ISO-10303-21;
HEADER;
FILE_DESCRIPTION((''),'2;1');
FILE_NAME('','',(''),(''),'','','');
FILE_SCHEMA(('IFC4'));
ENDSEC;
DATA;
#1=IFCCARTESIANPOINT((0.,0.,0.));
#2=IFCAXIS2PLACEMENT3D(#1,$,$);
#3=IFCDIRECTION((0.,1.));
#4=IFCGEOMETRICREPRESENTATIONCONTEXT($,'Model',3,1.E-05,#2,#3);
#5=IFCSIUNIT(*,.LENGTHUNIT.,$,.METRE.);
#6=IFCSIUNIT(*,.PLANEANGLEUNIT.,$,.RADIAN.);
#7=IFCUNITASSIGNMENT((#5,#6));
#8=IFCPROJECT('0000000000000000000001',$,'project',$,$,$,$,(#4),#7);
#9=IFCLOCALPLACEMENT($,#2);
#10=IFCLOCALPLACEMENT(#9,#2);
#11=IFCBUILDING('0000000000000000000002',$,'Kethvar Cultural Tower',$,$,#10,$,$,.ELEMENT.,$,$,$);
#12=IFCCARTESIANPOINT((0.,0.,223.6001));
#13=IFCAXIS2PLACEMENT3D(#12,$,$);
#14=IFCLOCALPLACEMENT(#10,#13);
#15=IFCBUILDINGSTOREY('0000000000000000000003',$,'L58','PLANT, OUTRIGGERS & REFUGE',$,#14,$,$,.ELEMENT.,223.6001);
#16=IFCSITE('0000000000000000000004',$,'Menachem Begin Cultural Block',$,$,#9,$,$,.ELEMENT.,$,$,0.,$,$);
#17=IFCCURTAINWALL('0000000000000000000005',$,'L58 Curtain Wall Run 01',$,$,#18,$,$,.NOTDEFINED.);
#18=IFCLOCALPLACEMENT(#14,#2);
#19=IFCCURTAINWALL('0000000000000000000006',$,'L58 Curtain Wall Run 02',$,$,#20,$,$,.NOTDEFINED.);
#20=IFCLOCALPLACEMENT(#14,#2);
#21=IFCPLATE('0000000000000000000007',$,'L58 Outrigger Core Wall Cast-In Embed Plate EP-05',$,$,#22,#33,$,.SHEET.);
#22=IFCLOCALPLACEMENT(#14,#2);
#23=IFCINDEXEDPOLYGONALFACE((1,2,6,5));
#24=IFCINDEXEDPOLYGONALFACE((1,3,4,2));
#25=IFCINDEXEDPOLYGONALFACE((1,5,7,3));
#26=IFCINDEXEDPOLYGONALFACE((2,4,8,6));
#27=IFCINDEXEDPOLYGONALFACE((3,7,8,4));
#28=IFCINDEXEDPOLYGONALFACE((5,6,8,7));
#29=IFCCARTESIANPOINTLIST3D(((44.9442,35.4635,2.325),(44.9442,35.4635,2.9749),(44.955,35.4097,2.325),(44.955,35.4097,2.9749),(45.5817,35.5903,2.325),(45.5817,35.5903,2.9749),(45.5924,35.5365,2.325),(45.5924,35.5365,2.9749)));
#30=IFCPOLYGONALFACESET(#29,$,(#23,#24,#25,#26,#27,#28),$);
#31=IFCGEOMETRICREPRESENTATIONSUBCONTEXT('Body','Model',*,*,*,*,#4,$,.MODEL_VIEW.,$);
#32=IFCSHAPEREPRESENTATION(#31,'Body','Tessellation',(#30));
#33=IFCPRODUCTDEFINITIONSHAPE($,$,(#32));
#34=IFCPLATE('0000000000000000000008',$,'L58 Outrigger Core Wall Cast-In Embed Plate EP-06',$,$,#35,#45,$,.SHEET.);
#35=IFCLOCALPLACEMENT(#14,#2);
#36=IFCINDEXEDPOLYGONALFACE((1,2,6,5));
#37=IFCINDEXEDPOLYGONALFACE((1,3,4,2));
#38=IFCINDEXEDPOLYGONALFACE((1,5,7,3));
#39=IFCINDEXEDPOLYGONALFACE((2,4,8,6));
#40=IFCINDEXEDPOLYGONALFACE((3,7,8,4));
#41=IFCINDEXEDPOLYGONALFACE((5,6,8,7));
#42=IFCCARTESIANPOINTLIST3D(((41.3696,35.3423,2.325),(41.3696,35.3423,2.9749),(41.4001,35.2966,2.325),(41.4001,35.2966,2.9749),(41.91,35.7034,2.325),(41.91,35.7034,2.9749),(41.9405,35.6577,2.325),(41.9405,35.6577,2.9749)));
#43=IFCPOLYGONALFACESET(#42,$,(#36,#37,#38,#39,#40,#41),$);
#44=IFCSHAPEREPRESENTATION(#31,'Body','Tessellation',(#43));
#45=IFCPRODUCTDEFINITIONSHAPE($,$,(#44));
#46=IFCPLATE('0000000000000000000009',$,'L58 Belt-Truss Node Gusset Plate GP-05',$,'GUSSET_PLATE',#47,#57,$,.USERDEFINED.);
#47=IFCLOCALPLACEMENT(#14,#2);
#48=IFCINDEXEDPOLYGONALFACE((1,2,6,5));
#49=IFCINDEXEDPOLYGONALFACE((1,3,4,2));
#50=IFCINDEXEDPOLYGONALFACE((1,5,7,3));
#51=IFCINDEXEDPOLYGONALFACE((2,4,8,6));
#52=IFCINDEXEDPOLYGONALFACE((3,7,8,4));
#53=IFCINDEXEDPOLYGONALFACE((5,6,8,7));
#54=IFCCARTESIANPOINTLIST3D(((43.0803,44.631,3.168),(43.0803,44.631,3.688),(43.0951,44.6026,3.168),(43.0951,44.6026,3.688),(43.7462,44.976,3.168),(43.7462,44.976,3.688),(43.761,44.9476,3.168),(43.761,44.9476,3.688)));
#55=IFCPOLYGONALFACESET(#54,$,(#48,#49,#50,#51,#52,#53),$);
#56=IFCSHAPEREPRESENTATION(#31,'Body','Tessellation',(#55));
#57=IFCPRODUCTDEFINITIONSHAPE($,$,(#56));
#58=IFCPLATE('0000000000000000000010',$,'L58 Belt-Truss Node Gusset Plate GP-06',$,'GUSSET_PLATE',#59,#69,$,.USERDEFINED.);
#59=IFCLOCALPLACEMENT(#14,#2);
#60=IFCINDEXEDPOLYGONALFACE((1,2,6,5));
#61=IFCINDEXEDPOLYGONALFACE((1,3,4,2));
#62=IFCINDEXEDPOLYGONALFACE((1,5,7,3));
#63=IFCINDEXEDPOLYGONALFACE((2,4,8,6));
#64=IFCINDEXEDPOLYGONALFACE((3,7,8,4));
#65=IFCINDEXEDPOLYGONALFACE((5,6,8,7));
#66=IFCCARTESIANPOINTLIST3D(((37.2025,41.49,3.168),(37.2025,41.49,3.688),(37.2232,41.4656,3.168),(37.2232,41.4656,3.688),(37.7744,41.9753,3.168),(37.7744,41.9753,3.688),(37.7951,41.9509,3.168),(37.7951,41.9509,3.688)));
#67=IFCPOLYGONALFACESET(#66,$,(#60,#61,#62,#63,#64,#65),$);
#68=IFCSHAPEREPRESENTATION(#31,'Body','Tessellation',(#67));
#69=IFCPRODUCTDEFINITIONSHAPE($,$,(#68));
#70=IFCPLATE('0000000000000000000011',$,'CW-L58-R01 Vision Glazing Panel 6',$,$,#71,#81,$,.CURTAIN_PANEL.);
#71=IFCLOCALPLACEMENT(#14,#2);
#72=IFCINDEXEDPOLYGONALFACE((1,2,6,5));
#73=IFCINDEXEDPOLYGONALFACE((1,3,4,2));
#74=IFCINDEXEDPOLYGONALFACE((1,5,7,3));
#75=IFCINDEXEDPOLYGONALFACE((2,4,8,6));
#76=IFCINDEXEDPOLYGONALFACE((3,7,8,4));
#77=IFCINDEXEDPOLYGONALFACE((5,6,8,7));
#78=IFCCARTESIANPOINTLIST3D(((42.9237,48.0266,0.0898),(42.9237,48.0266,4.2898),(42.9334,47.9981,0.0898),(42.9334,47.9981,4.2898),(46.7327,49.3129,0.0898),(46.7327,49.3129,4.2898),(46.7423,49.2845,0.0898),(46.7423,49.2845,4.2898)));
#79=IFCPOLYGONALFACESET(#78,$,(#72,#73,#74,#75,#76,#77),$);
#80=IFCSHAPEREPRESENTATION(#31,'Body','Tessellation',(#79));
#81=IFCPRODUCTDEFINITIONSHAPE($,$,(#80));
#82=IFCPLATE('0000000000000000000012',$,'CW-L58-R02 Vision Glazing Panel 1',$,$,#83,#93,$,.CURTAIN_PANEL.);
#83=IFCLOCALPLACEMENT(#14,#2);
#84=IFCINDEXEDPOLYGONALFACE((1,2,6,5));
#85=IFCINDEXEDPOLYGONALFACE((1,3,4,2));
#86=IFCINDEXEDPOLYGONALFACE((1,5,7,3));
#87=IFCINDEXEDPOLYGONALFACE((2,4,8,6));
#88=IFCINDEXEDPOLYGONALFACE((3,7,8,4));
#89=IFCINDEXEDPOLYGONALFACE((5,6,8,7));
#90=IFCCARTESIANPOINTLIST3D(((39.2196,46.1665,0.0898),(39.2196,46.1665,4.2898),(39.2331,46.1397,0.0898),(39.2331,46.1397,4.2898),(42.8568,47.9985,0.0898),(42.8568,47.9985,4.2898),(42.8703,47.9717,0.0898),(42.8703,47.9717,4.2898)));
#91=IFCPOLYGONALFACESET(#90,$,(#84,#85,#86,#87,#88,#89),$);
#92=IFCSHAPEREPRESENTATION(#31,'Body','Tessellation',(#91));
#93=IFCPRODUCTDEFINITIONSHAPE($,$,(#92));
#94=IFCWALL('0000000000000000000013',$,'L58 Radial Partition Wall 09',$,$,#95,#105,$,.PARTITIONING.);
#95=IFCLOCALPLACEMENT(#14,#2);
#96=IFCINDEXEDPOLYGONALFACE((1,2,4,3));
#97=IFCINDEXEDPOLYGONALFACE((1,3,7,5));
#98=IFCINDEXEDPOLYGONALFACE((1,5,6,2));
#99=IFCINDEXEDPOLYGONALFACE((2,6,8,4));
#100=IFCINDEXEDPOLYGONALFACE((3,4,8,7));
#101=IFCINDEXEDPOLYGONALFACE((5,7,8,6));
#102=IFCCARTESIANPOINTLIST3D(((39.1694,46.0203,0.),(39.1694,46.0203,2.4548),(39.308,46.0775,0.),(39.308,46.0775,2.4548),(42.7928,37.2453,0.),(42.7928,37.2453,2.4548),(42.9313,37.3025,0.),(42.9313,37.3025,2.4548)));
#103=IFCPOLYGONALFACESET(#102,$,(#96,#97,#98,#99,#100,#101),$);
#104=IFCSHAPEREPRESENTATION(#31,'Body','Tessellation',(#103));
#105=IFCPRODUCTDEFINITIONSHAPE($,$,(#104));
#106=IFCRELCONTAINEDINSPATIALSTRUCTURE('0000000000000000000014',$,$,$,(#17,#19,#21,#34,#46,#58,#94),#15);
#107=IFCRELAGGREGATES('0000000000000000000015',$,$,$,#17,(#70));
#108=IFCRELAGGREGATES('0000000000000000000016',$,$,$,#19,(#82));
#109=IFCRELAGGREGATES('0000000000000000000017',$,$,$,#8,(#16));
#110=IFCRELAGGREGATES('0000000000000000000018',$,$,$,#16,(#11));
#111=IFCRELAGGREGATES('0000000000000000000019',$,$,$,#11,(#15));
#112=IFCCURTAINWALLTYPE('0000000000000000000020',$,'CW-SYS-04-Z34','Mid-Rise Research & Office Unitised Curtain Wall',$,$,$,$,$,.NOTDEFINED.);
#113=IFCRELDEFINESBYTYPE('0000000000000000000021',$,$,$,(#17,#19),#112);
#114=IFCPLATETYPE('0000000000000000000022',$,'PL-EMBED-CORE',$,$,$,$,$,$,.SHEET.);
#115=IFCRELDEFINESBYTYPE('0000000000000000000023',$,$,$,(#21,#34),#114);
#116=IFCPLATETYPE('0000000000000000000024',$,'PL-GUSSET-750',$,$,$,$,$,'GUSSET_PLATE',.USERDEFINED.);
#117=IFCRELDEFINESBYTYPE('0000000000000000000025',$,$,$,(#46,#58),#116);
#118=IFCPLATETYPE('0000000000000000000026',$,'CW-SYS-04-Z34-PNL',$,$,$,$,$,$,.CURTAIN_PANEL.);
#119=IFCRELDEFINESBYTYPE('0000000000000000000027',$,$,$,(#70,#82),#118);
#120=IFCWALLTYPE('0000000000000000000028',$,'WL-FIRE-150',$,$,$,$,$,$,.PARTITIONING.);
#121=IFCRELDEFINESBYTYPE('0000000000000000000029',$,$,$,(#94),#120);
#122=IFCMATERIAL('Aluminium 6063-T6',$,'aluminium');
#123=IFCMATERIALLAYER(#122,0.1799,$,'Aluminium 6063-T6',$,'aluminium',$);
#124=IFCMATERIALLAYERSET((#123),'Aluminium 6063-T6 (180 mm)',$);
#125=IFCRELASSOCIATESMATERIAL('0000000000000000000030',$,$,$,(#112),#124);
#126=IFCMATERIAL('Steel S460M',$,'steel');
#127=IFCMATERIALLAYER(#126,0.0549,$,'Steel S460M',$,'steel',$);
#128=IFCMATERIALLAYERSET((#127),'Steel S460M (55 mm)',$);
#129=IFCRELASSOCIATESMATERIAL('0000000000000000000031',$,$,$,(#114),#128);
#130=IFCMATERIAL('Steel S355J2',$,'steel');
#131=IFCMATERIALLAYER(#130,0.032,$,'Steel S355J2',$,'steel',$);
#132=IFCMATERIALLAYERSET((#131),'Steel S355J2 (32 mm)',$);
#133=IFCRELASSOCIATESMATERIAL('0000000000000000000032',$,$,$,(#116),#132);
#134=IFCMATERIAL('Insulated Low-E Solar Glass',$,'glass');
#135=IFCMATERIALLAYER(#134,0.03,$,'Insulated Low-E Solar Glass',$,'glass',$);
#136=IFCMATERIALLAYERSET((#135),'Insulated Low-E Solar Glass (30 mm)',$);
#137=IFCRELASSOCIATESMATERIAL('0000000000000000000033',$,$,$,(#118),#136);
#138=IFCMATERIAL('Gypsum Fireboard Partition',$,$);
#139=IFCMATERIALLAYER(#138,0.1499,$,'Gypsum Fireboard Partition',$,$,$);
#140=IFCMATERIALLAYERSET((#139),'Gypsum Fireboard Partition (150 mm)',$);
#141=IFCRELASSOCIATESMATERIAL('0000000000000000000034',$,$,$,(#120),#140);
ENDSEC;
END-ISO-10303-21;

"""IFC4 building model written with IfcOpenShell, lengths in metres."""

from ifc_helpers import new_model, si_unit, direction, frame, frame_2d, origin, origin_2d, place, context, subcontext, project, spatial, rectangle, extrude, source, transform, mapped, material, layer, layer_set, type_object, element, aggregate, save


model = new_model("IFC4")

# Units and contexts
model_context = context("Model", 3, precision=1e-05, world=origin(), true_north=direction((0.0, 1.0)))
body_context = subcontext(model_context, "Body", "Model", "MODEL_VIEW")
ifc_project = project(units=[si_unit("LENGTHUNIT", "METRE"), si_unit("PLANEANGLEUNIT", "RADIAN")], contexts=[model_context])

# Site, building, storey
site_placement = place(None, origin())
site = spatial("IfcSite", under=ifc_project, at=site_placement, Name="Menachem Begin Cultural Block", CompositionType="ELEMENT", RefElevation=0.0)
building_placement = place(site_placement, origin())
building = spatial("IfcBuilding", under=site, at=building_placement, Name="Kethvar Cultural Tower", CompositionType="ELEMENT")
storey_placement = place(building_placement, frame((0.0, 0.0, 223.6001)))
storey = spatial("IfcBuildingStorey", under=building, at=storey_placement, Name="L58", Description="PLANT, OUTRIGGERS & REFUGE", CompositionType="ELEMENT", Elevation=223.6001)

# Shared definitions
ifc_material_1 = material(Name="Steel S460M", Category="steel")

# Shared definitions
ifc_material_2 = material(Name="Steel S355J2", Category="steel")

# Curtain walls
ifc_material_3 = material(Name="Aluminium 6063-T6", Category="aluminium")
ifc_layer_1 = layer(ifc_material_3, 0.1799, Name="Aluminium 6063-T6", Category="aluminium")
ifc_layer_set_1 = layer_set([ifc_layer_1], Name="Aluminium 6063-T6 (180 mm)")
curtain_wall_type = type_object("IfcCurtainWallType", Name="CW-SYS-04-Z34", Description="Mid-Rise Research & Office Unitised Curtain Wall", PredefinedType="NOTDEFINED", material=ifc_layer_set_1)
curtain_wall_1_placement = place(storey_placement, origin())
curtain_wall_1 = element("IfcCurtainWall", 1, at=curtain_wall_1_placement, inside=storey, type_object=curtain_wall_type, Name="L58 Curtain Wall Run 01", PredefinedType="NOTDEFINED")
curtain_wall_2_placement = place(storey_placement, origin())
curtain_wall_2 = element("IfcCurtainWall", 2, at=curtain_wall_2_placement, inside=storey, type_object=curtain_wall_type, Name="L58 Curtain Wall Run 02", PredefinedType="NOTDEFINED")

# Plates
ifc_layer_2 = layer(ifc_material_1, 0.0549, Name="Steel S460M", Category="steel")
ifc_layer_set_2 = layer_set([ifc_layer_2], Name="Steel S460M (55 mm)")
plate_type_1 = type_object("IfcPlateType", Name="PL-EMBED-CORE", PredefinedType="SHEET", material=ifc_layer_set_2)
shared_shape_1 = source(origin(), body_context, "Body", "SweptSolid", [
    extrude(rectangle(XDim=0.0549, YDim=0.6499, at=origin_2d()), origin(), (0.0, 0.0, 1.0), 0.6499),
])
for number, where, z_axis, x_axis, name in (
    (3, (45.2683, 35.5, 2.325), (0.0, 0.0, 1.0), (-0.19509, 0.980785, 0.0), "L58 Outrigger Core Wall Cast-In Embed Plate EP-05"),
    (4, (41.655, 35.5, 2.325), (0.0, 0.0, 1.0), (-0.55557, 0.83147, 0.0), "L58 Outrigger Core Wall Cast-In Embed Plate EP-06"),
):
    element("IfcPlate", number, at=place(storey_placement, frame(where, z_axis=z_axis, x_axis=x_axis)), inside=storey, type_object=plate_type_1, Name=name, PredefinedType="SHEET", context=body_context, shape_type="MappedRepresentation", body=[
        mapped(shared_shape_1, transform((0.0, 0.0, 0.0), scale=1.0)),
    ])
ifc_layer_3 = layer(ifc_material_2, 0.032, Name="Steel S355J2", Category="steel")
ifc_layer_set_3 = layer_set([ifc_layer_3], Name="Steel S355J2 (32 mm)")
plate_type_2 = type_object("IfcPlateType", Name="PL-GUSSET-750", ElementType="GUSSET_PLATE", PredefinedType="USERDEFINED", material=ifc_layer_set_3)
shared_shape_2 = source(origin(), body_context, "Body", "SweptSolid", [
    extrude(rectangle(XDim=0.75, YDim=0.032, at=origin_2d()), origin(), (0.0, 0.0, 1.0), 0.52),
])
for number, where, z_axis, x_axis, name in (
    (5, (43.4207, 44.7893, 3.168), (0.0, 0.0, 1.0), (-0.887866, -0.460103, 0.0), "L58 Belt-Truss Node Gusset Plate GP-05"),
    (6, (37.4988, 41.7205, 3.168), (0.0, 0.0, 1.0), (-0.76249, -0.647, 0.0), "L58 Belt-Truss Node Gusset Plate GP-06"),
):
    element("IfcPlate", number, at=place(storey_placement, frame(where, z_axis=z_axis, x_axis=x_axis)), inside=storey, type_object=plate_type_2, Name=name, ObjectType="GUSSET_PLATE", PredefinedType="USERDEFINED", context=body_context, shape_type="MappedRepresentation", body=[
        mapped(shared_shape_2, transform((0.0, 0.0, 0.0), scale=1.0)),
    ])

# Plates
ifc_material_4 = material(Name="Insulated Low-E Solar Glass", Category="glass")
ifc_layer_4 = layer(ifc_material_4, 0.03, Name="Insulated Low-E Solar Glass", Category="glass")
ifc_layer_set_4 = layer_set([ifc_layer_4], Name="Insulated Low-E Solar Glass (30 mm)")
plate_type_3 = type_object("IfcPlateType", Name="CW-SYS-04-Z34-PNL", PredefinedType="CURTAIN_PANEL", material=ifc_layer_set_4)
shared_shape_3 = source(origin(), body_context, "Body", "SweptSolid", [
    extrude(rectangle(XDim=4.0203, YDim=0.03, at=origin_2d()), origin(), (0.0, 0.0, 1.0), 4.2),
])
plate_1_placement = place(storey_placement, frame((44.833, 48.6555, 0.0898), z_axis=(0.0, 0.0, 1.0), x_axis=(-0.947428, -0.319968, 0.0)))
plate_1 = element("IfcPlate", 7, at=plate_1_placement, type_object=plate_type_3, Name="CW-L58-R01 Vision Glazing Panel 6", PredefinedType="CURTAIN_PANEL", context=body_context, shape_type="MappedRepresentation", body=[
    mapped(shared_shape_3, transform((0.0, 0.0, 0.0), scale=1.0)),
])
aggregate(curtain_wall_1, [plate_1])
shared_shape_4 = source(origin(), body_context, "Body", "SweptSolid", [
    extrude(rectangle(XDim=4.0725, YDim=0.03, at=origin_2d()), origin(), (0.0, 0.0, 1.0), 4.2),
])
plate_2_placement = place(storey_placement, frame((41.0449, 47.0691, 0.0898), z_axis=(0.0, 0.0, 1.0), x_axis=(-0.893112, -0.449833, 0.0)))
plate_2 = element("IfcPlate", 8, at=plate_2_placement, type_object=plate_type_3, Name="CW-L58-R02 Vision Glazing Panel 1", PredefinedType="CURTAIN_PANEL", context=body_context, shape_type="MappedRepresentation", body=[
    mapped(shared_shape_4, transform((0.0, 0.0, 0.0), scale=1.0)),
])
aggregate(curtain_wall_2, [plate_2])

# Wall
ifc_material_5 = material(Name="Gypsum Fireboard Partition")
ifc_layer_5 = layer(ifc_material_5, 0.1499, Name="Gypsum Fireboard Partition")
ifc_layer_set_5 = layer_set([ifc_layer_5], Name="Gypsum Fireboard Partition (150 mm)")
wall_type = type_object("IfcWallType", Name="WL-FIRE-150", PredefinedType="PARTITIONING", material=ifc_layer_set_5)
wall_placement = place(storey_placement, frame((42.8621, 37.2739, 0.0), z_axis=(0.0, 0.0, 1.0), x_axis=(-0.381659, 0.924303, 0.0)))
element("IfcWall", 9, at=wall_placement, inside=storey, type_object=wall_type, Name="L58 Radial Partition Wall 09", PredefinedType="PARTITIONING", context=body_context, shape_type="SweptSolid", body=[
    extrude(rectangle(XDim=9.4937, YDim=0.1499, at=frame_2d((4.7468, 0.0))), origin(), (0.0, 0.0, 1.0), 2.4548),
])

save(model, "model.ifc")
